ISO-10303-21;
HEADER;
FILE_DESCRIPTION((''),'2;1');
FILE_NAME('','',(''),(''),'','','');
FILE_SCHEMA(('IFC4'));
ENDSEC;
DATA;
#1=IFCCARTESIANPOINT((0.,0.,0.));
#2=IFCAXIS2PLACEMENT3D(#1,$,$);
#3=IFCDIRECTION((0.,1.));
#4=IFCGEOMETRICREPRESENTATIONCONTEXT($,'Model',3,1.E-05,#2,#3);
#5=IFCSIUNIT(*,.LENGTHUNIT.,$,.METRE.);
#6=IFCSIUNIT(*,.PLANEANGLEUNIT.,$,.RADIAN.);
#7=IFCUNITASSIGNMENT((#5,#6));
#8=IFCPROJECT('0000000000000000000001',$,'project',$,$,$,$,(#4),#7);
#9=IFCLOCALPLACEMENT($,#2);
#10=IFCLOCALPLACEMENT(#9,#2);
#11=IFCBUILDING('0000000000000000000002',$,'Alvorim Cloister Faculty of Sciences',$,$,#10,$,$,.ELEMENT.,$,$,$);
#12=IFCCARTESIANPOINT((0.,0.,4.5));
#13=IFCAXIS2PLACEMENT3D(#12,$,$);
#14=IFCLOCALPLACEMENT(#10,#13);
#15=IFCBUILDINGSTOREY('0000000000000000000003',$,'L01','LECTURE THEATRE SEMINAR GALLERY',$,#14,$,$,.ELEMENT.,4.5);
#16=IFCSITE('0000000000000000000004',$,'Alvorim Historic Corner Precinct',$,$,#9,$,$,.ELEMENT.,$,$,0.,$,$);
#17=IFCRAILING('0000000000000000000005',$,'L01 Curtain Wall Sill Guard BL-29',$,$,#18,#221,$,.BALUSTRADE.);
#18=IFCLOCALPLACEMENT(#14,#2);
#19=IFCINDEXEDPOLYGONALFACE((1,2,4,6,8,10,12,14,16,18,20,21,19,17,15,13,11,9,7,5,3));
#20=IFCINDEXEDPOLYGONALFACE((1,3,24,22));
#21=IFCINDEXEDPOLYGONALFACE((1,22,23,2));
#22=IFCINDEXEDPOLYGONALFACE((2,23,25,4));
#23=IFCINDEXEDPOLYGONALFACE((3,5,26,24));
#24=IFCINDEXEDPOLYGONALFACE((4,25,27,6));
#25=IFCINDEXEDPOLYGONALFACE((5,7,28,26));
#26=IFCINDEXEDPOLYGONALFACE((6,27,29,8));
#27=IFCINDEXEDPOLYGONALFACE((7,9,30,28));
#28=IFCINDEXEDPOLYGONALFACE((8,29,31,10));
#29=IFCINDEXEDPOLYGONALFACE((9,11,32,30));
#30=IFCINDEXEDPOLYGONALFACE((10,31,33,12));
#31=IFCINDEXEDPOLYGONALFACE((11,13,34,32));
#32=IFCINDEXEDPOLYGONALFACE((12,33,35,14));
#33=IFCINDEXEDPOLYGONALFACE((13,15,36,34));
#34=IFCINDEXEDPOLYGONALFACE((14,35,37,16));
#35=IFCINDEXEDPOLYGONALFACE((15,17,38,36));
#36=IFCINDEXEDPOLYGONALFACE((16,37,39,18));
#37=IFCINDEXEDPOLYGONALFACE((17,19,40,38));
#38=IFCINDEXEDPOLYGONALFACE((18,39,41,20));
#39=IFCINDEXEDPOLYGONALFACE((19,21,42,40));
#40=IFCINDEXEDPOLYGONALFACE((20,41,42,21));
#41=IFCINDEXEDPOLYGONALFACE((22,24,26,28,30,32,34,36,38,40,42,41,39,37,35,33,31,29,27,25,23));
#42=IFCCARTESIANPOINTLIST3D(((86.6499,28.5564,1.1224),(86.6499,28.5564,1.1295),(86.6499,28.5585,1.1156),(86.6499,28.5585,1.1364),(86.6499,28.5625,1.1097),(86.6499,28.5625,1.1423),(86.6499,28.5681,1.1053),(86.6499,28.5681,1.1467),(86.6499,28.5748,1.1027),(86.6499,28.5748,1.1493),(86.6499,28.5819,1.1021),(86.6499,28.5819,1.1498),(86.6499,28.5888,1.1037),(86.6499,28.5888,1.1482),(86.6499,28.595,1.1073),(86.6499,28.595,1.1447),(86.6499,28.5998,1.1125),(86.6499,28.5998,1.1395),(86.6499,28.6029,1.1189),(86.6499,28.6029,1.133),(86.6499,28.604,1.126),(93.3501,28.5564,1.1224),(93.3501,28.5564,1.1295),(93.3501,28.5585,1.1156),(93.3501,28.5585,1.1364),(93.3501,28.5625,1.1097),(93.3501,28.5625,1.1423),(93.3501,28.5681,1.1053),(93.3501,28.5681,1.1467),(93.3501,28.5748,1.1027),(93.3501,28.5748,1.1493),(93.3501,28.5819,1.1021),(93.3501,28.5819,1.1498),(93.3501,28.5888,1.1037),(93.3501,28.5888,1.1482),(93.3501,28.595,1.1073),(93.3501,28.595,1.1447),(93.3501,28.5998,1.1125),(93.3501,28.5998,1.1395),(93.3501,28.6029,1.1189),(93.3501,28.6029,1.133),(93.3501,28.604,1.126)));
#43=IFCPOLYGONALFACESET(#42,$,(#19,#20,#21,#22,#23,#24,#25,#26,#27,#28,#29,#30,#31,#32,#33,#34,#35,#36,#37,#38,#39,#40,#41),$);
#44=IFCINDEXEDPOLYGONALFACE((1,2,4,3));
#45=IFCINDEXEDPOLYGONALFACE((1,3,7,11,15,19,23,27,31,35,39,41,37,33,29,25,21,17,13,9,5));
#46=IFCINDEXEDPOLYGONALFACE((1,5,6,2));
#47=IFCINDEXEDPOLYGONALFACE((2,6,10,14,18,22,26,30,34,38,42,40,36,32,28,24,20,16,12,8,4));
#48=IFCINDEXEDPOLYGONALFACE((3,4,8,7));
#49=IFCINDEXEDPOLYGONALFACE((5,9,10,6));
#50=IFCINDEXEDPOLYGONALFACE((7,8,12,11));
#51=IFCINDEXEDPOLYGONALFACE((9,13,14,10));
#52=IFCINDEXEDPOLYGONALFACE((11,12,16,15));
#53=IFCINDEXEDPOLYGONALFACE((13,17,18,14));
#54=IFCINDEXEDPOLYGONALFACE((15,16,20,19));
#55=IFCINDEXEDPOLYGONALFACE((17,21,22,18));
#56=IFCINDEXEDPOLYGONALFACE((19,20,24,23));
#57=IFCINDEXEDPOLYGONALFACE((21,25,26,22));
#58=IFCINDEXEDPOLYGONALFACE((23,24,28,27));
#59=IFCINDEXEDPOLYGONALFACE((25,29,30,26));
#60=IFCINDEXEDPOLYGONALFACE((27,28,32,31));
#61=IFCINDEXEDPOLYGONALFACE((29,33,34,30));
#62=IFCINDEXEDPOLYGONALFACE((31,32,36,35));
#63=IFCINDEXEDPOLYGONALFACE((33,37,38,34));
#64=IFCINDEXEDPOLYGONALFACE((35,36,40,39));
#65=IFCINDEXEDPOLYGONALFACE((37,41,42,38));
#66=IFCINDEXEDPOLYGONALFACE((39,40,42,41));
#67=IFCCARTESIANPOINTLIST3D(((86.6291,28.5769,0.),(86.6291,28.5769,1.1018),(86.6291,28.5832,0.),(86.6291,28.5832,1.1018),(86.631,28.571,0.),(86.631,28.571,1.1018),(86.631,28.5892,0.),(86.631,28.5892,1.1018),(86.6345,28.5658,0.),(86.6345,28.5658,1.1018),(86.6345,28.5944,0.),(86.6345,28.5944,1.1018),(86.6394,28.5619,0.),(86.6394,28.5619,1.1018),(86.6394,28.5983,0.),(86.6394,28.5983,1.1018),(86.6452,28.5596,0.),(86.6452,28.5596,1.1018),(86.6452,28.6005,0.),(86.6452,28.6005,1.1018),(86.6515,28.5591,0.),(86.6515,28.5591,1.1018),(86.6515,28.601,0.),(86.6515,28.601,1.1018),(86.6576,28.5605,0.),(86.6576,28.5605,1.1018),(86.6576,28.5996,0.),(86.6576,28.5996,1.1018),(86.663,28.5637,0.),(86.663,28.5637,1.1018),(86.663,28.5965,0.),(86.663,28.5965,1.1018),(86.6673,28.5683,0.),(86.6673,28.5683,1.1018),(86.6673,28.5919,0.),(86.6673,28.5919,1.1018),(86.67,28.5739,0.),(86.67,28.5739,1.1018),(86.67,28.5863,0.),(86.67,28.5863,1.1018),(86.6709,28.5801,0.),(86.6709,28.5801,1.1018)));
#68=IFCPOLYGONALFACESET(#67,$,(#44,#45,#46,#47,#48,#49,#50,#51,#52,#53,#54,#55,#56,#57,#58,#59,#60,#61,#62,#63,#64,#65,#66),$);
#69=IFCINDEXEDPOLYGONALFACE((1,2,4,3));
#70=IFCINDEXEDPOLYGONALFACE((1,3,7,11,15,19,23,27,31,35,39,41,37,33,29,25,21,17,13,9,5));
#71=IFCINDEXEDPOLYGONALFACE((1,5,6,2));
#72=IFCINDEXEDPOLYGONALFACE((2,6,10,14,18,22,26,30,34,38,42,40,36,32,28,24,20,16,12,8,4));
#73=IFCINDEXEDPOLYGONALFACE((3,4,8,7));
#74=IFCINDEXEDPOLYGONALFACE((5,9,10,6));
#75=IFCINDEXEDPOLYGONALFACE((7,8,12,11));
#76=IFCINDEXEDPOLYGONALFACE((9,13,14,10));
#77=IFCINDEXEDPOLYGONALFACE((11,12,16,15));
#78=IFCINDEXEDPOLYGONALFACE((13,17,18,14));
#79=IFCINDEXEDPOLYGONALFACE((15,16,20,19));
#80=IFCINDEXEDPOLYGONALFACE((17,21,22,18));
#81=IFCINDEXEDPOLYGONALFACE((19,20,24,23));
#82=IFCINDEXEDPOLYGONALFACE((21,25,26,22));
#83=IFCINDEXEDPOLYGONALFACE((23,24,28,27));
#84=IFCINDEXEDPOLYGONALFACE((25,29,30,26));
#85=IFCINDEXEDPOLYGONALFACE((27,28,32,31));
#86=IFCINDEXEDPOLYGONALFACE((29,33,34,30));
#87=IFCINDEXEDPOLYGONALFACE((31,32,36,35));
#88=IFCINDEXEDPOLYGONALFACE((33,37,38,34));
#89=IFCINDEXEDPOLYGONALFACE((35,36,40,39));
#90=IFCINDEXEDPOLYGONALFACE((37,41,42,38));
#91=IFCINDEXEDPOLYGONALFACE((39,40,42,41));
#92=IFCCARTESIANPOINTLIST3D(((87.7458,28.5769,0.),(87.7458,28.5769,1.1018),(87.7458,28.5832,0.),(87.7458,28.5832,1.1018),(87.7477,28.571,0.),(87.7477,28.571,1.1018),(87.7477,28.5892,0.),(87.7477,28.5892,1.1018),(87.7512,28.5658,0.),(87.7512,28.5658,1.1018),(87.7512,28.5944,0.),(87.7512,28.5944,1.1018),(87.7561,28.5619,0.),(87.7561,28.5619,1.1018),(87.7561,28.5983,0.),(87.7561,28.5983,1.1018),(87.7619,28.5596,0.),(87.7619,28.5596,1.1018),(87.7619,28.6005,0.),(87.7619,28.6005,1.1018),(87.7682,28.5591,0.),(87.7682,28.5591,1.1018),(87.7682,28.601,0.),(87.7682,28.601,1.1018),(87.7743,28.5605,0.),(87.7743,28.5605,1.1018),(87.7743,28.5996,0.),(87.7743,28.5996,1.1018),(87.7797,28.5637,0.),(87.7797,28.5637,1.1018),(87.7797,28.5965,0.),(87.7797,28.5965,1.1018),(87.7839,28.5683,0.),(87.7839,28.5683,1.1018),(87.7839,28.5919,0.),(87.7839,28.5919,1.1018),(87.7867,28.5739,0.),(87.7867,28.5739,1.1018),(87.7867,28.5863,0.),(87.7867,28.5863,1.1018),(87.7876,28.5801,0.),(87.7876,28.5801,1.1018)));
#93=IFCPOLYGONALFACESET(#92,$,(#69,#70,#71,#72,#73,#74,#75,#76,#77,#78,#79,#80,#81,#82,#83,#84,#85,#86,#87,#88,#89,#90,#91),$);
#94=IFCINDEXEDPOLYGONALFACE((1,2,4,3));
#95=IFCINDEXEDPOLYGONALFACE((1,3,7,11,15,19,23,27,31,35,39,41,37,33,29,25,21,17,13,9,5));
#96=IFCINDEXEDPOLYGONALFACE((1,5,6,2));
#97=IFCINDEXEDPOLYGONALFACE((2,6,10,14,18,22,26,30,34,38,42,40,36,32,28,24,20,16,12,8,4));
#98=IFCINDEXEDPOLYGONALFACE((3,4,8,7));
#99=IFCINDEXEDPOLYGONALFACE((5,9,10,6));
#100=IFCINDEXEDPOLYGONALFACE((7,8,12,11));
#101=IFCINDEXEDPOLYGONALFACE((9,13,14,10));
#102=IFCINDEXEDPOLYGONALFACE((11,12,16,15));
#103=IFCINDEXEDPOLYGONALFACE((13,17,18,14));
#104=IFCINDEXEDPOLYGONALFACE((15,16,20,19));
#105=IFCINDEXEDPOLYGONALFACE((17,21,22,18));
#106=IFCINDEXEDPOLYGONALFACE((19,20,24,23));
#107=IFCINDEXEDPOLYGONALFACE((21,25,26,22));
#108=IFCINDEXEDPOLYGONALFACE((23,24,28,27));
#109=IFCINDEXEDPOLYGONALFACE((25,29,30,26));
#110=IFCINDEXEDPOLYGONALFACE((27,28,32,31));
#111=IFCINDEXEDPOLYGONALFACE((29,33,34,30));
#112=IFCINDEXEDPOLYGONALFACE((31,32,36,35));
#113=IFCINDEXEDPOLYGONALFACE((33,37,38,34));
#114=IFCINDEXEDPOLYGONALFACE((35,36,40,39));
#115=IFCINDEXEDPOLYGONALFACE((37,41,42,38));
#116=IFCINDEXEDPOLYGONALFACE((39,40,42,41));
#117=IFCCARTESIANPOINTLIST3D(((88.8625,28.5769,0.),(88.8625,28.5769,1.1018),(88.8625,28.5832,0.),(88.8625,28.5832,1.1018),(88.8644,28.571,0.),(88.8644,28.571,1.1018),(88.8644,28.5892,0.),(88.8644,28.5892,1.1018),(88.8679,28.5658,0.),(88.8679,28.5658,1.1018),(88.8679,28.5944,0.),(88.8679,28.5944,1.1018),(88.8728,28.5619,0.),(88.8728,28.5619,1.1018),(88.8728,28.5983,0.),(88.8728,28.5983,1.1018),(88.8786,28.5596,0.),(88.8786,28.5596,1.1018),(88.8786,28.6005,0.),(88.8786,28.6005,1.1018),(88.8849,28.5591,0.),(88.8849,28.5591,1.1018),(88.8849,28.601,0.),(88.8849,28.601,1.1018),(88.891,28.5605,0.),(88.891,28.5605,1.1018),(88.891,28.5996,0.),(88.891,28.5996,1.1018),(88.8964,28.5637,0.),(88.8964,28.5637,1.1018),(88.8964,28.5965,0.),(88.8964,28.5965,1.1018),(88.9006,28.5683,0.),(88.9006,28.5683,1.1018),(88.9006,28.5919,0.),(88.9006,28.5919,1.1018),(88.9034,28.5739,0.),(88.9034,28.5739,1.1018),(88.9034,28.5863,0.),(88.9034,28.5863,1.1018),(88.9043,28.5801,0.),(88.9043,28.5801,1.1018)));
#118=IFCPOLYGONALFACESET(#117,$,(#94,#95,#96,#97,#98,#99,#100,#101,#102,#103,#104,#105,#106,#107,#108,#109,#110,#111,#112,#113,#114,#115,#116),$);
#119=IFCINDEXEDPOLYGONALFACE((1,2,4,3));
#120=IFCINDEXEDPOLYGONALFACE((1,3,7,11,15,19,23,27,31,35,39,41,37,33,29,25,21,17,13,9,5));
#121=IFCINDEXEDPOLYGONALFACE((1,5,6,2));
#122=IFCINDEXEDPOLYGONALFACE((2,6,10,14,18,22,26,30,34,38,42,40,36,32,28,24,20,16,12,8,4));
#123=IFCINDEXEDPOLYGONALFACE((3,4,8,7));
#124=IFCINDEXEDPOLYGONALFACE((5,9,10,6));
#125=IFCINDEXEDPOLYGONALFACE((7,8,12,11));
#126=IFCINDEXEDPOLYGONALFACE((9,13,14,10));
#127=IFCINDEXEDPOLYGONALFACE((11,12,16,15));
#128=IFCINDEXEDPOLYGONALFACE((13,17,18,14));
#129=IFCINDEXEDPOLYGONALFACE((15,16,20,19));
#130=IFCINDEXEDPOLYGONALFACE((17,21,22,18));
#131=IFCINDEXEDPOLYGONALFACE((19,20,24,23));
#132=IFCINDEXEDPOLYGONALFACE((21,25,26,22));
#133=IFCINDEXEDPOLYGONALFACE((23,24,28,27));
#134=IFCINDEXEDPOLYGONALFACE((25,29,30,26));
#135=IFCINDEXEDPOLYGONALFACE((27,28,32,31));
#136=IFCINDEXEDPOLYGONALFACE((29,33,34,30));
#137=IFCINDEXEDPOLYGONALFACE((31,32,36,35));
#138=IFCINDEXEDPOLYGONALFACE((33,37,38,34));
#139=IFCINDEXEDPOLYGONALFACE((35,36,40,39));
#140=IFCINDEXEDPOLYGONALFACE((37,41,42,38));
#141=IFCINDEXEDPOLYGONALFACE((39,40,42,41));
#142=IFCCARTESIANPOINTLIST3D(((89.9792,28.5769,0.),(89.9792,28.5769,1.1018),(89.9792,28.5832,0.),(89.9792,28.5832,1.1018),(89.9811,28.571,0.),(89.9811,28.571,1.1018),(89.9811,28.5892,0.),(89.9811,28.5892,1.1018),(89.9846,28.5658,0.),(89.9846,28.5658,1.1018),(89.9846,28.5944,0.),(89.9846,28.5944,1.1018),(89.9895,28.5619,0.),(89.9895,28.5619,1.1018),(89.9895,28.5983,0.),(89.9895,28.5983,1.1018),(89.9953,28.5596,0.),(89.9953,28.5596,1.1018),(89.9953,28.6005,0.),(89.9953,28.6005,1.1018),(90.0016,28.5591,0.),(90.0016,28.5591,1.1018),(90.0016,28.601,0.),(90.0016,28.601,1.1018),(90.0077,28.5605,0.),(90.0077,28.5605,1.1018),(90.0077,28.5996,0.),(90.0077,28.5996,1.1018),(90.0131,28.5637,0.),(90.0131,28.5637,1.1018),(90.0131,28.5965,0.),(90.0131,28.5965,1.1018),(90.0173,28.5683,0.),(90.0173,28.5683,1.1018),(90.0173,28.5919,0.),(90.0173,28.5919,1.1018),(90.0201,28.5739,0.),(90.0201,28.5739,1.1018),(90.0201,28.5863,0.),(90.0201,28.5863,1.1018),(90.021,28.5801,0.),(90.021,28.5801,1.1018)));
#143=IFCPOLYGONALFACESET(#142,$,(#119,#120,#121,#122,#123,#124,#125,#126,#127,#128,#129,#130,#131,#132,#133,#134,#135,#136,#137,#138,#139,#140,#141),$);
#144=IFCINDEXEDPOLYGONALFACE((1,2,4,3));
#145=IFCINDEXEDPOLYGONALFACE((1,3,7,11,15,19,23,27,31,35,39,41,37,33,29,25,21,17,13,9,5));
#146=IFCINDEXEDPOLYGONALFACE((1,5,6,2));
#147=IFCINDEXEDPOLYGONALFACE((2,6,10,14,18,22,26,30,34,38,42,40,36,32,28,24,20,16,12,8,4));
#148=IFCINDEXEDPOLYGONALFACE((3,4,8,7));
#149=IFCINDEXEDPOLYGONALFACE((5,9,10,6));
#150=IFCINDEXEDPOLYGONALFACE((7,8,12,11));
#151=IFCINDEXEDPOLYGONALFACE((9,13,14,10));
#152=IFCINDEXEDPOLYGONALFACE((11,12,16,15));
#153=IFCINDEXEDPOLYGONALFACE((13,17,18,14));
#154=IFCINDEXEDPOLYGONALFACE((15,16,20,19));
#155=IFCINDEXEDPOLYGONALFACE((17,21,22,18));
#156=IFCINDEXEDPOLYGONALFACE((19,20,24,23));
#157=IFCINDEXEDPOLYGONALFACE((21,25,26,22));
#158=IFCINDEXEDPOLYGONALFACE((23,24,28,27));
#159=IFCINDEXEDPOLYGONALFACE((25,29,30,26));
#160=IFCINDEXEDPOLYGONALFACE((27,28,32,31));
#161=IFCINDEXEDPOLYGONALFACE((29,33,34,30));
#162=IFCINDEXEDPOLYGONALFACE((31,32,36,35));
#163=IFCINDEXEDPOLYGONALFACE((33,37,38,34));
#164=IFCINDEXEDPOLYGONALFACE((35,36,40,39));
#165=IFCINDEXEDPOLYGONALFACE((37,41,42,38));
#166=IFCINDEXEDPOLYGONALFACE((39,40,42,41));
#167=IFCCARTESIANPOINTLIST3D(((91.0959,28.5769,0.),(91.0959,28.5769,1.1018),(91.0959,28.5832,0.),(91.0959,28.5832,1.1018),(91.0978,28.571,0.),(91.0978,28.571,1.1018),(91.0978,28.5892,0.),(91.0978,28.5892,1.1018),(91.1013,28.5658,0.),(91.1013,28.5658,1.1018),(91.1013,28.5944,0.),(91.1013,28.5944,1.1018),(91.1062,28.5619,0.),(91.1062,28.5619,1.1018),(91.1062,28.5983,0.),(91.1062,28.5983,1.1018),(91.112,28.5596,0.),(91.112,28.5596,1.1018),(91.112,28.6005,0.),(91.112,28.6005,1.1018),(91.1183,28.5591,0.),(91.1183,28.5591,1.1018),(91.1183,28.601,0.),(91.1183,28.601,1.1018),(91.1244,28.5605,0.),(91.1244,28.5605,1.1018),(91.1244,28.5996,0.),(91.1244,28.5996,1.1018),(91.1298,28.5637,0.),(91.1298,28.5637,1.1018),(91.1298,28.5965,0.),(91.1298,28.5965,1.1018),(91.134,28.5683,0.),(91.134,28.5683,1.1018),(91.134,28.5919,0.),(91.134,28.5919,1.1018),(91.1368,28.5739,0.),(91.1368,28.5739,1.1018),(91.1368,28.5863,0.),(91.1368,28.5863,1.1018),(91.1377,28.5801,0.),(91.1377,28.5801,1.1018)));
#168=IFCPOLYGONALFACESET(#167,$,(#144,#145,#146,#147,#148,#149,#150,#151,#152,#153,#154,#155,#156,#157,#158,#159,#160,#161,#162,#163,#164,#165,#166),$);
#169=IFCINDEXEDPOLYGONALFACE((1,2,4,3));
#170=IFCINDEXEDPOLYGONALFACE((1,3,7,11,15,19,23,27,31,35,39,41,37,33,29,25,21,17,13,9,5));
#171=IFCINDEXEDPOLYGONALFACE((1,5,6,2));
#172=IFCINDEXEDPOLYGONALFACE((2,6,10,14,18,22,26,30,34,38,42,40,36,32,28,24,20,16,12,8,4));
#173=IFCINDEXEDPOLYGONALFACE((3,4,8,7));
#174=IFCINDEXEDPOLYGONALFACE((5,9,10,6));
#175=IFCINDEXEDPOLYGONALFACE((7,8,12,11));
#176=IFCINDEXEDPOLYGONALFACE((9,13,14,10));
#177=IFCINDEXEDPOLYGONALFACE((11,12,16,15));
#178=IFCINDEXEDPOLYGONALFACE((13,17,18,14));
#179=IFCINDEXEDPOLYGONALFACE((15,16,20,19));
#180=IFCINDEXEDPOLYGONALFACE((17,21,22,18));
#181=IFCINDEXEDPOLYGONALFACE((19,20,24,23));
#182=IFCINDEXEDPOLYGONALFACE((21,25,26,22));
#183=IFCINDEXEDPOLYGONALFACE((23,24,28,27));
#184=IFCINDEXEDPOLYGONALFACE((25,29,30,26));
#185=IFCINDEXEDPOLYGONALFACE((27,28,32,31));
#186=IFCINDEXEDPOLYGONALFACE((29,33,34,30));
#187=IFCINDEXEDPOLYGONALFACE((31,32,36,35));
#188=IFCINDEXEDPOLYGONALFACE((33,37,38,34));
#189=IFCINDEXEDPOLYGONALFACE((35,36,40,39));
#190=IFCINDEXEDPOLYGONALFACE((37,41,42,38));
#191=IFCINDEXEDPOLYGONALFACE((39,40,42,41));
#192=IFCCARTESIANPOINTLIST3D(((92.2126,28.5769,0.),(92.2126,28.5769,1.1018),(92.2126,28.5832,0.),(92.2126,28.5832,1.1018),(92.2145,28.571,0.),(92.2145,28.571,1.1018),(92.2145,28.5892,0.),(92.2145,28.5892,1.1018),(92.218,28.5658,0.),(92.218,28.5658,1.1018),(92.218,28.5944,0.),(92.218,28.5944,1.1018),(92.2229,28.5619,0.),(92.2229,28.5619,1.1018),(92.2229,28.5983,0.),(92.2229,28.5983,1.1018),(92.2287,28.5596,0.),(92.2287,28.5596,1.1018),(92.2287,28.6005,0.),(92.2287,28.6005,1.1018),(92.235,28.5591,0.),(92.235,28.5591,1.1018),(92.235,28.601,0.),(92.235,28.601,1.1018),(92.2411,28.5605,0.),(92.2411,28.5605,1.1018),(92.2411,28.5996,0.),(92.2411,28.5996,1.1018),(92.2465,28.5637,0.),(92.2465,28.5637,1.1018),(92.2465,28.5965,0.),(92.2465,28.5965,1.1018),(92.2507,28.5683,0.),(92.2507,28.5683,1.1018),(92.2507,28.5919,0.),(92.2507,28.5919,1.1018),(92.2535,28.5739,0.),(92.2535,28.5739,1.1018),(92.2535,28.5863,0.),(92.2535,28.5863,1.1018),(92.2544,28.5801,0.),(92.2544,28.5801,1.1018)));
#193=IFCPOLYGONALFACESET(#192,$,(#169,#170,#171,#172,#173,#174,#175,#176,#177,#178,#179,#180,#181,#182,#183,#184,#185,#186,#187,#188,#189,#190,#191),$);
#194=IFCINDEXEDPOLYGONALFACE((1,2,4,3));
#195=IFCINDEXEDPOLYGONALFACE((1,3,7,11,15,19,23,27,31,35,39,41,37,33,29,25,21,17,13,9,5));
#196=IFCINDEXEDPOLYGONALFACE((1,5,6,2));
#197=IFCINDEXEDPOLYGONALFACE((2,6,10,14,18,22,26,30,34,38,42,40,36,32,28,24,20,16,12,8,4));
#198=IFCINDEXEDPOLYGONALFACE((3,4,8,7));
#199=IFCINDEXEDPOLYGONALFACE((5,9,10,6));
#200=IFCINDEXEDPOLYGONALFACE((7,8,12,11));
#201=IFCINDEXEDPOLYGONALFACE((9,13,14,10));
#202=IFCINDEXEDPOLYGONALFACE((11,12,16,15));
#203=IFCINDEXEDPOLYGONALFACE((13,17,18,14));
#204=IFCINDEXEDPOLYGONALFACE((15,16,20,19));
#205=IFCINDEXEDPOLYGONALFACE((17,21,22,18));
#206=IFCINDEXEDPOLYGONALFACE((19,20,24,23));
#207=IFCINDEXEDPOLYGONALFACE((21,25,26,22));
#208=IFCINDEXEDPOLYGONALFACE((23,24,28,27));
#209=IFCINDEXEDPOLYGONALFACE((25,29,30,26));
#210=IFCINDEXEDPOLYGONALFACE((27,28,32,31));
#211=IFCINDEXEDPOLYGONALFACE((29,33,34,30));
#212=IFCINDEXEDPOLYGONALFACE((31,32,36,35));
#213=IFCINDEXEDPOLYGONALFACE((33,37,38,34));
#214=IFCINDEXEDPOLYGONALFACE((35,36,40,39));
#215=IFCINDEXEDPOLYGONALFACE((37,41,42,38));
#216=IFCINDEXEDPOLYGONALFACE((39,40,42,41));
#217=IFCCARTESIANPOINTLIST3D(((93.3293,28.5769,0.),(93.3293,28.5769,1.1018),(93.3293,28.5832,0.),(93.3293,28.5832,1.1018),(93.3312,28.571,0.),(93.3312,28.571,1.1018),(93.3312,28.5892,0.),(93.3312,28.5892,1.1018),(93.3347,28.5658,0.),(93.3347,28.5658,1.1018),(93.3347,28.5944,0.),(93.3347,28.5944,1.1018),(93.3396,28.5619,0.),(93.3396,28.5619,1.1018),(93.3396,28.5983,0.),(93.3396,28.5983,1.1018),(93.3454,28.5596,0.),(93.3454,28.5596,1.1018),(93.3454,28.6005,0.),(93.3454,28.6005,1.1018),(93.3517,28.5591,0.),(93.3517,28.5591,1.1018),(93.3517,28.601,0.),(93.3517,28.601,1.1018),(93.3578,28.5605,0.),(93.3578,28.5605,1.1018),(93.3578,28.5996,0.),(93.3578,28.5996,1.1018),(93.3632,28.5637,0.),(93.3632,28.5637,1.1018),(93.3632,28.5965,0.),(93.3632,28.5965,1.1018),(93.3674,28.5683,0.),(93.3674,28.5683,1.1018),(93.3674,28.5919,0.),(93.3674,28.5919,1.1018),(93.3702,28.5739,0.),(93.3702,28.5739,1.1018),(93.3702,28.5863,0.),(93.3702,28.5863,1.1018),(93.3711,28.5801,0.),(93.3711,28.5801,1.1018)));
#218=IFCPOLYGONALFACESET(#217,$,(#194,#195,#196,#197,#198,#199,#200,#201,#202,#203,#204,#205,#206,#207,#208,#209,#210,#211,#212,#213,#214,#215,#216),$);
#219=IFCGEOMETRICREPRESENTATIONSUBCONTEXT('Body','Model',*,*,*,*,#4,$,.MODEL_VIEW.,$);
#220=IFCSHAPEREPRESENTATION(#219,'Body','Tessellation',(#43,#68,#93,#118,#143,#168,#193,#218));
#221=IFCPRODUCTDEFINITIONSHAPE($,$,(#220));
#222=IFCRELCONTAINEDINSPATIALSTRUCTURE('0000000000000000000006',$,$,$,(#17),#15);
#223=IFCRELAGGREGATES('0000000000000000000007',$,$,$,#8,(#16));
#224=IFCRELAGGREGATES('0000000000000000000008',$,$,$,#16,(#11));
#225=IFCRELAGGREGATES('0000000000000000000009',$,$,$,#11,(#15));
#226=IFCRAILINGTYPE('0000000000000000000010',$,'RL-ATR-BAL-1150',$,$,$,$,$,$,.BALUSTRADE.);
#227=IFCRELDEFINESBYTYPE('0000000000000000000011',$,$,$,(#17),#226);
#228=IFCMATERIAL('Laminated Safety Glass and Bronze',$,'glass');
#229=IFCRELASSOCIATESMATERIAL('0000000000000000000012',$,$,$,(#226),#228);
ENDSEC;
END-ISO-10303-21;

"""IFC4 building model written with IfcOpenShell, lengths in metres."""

from ifc_helpers import new_model, si_unit, direction, frame, origin, origin_2d, place, context, subcontext, project, spatial, circle, extrude, material, type_object, element, save


model = new_model("IFC4")

# Units and contexts
model_context = context("Model", 3, precision=1e-05, world=origin(), true_north=direction((0.0, 1.0)))
body_context = subcontext(model_context, "Body", "Model", "MODEL_VIEW")
ifc_project = project(units=[si_unit("LENGTHUNIT", "METRE"), si_unit("PLANEANGLEUNIT", "RADIAN")], contexts=[model_context])

# Site, building, storey
site_placement = place(None, origin())
site = spatial("IfcSite", under=ifc_project, at=site_placement, Name="Alvorim Historic Corner Precinct", CompositionType="ELEMENT", RefElevation=0.0)
building_placement = place(site_placement, origin())
building = spatial("IfcBuilding", under=site, at=building_placement, Name="Alvorim Cloister Faculty of Sciences", CompositionType="ELEMENT")
storey_placement = place(building_placement, frame((0.0, 0.0, 4.5)))
storey = spatial("IfcBuildingStorey", under=building, at=storey_placement, Name="L01", Description="LECTURE THEATRE SEMINAR GALLERY", CompositionType="ELEMENT", Elevation=4.5)

# Railing
ifc_material_1 = material(Name="Laminated Safety Glass and Bronze", Category="glass")
railing_type = type_object("IfcRailingType", Name="RL-ATR-BAL-1150", PredefinedType="BALUSTRADE", material=ifc_material_1)
railing_placement = place(storey_placement, frame((86.6499, 28.5801, 0.0)))
element("IfcRailing", 1, at=railing_placement, inside=storey, type_object=railing_type, Name="L01 Curtain Wall Sill Guard BL-29", PredefinedType="BALUSTRADE", context=body_context, shape_type="SweptSolid", body=[
    extrude(circle(Radius=0.0239, at=origin_2d()), frame((0.0, 0.0, 1.126), z_axis=(1.0, 0.0, 0.0), x_axis=(0.0, 1.0, 0.0)), (0.0, 0.0, 1.0), 6.7002),
    extrude(circle(Radius=0.021, at=origin_2d()), origin(), (0.0, 0.0, 1.0), 1.1018),
    extrude(circle(Radius=0.021, at=origin_2d()), frame((1.1167, 0.0, 0.0)), (0.0, 0.0, 1.0), 1.1018),
    extrude(circle(Radius=0.021, at=origin_2d()), frame((2.2334, 0.0, 0.0)), (0.0, 0.0, 1.0), 1.1018),
    extrude(circle(Radius=0.021, at=origin_2d()), frame((3.3501, 0.0, 0.0)), (0.0, 0.0, 1.0), 1.1018),
    extrude(circle(Radius=0.021, at=origin_2d()), frame((4.4668, 0.0, 0.0)), (0.0, 0.0, 1.0), 1.1018),
    extrude(circle(Radius=0.021, at=origin_2d()), frame((5.5835, 0.0, 0.0)), (0.0, 0.0, 1.0), 1.1018),
    extrude(circle(Radius=0.021, at=origin_2d()), frame((6.7002, 0.0, 0.0)), (0.0, 0.0, 1.0), 1.1018),
])

save(model, "model.ifc")
